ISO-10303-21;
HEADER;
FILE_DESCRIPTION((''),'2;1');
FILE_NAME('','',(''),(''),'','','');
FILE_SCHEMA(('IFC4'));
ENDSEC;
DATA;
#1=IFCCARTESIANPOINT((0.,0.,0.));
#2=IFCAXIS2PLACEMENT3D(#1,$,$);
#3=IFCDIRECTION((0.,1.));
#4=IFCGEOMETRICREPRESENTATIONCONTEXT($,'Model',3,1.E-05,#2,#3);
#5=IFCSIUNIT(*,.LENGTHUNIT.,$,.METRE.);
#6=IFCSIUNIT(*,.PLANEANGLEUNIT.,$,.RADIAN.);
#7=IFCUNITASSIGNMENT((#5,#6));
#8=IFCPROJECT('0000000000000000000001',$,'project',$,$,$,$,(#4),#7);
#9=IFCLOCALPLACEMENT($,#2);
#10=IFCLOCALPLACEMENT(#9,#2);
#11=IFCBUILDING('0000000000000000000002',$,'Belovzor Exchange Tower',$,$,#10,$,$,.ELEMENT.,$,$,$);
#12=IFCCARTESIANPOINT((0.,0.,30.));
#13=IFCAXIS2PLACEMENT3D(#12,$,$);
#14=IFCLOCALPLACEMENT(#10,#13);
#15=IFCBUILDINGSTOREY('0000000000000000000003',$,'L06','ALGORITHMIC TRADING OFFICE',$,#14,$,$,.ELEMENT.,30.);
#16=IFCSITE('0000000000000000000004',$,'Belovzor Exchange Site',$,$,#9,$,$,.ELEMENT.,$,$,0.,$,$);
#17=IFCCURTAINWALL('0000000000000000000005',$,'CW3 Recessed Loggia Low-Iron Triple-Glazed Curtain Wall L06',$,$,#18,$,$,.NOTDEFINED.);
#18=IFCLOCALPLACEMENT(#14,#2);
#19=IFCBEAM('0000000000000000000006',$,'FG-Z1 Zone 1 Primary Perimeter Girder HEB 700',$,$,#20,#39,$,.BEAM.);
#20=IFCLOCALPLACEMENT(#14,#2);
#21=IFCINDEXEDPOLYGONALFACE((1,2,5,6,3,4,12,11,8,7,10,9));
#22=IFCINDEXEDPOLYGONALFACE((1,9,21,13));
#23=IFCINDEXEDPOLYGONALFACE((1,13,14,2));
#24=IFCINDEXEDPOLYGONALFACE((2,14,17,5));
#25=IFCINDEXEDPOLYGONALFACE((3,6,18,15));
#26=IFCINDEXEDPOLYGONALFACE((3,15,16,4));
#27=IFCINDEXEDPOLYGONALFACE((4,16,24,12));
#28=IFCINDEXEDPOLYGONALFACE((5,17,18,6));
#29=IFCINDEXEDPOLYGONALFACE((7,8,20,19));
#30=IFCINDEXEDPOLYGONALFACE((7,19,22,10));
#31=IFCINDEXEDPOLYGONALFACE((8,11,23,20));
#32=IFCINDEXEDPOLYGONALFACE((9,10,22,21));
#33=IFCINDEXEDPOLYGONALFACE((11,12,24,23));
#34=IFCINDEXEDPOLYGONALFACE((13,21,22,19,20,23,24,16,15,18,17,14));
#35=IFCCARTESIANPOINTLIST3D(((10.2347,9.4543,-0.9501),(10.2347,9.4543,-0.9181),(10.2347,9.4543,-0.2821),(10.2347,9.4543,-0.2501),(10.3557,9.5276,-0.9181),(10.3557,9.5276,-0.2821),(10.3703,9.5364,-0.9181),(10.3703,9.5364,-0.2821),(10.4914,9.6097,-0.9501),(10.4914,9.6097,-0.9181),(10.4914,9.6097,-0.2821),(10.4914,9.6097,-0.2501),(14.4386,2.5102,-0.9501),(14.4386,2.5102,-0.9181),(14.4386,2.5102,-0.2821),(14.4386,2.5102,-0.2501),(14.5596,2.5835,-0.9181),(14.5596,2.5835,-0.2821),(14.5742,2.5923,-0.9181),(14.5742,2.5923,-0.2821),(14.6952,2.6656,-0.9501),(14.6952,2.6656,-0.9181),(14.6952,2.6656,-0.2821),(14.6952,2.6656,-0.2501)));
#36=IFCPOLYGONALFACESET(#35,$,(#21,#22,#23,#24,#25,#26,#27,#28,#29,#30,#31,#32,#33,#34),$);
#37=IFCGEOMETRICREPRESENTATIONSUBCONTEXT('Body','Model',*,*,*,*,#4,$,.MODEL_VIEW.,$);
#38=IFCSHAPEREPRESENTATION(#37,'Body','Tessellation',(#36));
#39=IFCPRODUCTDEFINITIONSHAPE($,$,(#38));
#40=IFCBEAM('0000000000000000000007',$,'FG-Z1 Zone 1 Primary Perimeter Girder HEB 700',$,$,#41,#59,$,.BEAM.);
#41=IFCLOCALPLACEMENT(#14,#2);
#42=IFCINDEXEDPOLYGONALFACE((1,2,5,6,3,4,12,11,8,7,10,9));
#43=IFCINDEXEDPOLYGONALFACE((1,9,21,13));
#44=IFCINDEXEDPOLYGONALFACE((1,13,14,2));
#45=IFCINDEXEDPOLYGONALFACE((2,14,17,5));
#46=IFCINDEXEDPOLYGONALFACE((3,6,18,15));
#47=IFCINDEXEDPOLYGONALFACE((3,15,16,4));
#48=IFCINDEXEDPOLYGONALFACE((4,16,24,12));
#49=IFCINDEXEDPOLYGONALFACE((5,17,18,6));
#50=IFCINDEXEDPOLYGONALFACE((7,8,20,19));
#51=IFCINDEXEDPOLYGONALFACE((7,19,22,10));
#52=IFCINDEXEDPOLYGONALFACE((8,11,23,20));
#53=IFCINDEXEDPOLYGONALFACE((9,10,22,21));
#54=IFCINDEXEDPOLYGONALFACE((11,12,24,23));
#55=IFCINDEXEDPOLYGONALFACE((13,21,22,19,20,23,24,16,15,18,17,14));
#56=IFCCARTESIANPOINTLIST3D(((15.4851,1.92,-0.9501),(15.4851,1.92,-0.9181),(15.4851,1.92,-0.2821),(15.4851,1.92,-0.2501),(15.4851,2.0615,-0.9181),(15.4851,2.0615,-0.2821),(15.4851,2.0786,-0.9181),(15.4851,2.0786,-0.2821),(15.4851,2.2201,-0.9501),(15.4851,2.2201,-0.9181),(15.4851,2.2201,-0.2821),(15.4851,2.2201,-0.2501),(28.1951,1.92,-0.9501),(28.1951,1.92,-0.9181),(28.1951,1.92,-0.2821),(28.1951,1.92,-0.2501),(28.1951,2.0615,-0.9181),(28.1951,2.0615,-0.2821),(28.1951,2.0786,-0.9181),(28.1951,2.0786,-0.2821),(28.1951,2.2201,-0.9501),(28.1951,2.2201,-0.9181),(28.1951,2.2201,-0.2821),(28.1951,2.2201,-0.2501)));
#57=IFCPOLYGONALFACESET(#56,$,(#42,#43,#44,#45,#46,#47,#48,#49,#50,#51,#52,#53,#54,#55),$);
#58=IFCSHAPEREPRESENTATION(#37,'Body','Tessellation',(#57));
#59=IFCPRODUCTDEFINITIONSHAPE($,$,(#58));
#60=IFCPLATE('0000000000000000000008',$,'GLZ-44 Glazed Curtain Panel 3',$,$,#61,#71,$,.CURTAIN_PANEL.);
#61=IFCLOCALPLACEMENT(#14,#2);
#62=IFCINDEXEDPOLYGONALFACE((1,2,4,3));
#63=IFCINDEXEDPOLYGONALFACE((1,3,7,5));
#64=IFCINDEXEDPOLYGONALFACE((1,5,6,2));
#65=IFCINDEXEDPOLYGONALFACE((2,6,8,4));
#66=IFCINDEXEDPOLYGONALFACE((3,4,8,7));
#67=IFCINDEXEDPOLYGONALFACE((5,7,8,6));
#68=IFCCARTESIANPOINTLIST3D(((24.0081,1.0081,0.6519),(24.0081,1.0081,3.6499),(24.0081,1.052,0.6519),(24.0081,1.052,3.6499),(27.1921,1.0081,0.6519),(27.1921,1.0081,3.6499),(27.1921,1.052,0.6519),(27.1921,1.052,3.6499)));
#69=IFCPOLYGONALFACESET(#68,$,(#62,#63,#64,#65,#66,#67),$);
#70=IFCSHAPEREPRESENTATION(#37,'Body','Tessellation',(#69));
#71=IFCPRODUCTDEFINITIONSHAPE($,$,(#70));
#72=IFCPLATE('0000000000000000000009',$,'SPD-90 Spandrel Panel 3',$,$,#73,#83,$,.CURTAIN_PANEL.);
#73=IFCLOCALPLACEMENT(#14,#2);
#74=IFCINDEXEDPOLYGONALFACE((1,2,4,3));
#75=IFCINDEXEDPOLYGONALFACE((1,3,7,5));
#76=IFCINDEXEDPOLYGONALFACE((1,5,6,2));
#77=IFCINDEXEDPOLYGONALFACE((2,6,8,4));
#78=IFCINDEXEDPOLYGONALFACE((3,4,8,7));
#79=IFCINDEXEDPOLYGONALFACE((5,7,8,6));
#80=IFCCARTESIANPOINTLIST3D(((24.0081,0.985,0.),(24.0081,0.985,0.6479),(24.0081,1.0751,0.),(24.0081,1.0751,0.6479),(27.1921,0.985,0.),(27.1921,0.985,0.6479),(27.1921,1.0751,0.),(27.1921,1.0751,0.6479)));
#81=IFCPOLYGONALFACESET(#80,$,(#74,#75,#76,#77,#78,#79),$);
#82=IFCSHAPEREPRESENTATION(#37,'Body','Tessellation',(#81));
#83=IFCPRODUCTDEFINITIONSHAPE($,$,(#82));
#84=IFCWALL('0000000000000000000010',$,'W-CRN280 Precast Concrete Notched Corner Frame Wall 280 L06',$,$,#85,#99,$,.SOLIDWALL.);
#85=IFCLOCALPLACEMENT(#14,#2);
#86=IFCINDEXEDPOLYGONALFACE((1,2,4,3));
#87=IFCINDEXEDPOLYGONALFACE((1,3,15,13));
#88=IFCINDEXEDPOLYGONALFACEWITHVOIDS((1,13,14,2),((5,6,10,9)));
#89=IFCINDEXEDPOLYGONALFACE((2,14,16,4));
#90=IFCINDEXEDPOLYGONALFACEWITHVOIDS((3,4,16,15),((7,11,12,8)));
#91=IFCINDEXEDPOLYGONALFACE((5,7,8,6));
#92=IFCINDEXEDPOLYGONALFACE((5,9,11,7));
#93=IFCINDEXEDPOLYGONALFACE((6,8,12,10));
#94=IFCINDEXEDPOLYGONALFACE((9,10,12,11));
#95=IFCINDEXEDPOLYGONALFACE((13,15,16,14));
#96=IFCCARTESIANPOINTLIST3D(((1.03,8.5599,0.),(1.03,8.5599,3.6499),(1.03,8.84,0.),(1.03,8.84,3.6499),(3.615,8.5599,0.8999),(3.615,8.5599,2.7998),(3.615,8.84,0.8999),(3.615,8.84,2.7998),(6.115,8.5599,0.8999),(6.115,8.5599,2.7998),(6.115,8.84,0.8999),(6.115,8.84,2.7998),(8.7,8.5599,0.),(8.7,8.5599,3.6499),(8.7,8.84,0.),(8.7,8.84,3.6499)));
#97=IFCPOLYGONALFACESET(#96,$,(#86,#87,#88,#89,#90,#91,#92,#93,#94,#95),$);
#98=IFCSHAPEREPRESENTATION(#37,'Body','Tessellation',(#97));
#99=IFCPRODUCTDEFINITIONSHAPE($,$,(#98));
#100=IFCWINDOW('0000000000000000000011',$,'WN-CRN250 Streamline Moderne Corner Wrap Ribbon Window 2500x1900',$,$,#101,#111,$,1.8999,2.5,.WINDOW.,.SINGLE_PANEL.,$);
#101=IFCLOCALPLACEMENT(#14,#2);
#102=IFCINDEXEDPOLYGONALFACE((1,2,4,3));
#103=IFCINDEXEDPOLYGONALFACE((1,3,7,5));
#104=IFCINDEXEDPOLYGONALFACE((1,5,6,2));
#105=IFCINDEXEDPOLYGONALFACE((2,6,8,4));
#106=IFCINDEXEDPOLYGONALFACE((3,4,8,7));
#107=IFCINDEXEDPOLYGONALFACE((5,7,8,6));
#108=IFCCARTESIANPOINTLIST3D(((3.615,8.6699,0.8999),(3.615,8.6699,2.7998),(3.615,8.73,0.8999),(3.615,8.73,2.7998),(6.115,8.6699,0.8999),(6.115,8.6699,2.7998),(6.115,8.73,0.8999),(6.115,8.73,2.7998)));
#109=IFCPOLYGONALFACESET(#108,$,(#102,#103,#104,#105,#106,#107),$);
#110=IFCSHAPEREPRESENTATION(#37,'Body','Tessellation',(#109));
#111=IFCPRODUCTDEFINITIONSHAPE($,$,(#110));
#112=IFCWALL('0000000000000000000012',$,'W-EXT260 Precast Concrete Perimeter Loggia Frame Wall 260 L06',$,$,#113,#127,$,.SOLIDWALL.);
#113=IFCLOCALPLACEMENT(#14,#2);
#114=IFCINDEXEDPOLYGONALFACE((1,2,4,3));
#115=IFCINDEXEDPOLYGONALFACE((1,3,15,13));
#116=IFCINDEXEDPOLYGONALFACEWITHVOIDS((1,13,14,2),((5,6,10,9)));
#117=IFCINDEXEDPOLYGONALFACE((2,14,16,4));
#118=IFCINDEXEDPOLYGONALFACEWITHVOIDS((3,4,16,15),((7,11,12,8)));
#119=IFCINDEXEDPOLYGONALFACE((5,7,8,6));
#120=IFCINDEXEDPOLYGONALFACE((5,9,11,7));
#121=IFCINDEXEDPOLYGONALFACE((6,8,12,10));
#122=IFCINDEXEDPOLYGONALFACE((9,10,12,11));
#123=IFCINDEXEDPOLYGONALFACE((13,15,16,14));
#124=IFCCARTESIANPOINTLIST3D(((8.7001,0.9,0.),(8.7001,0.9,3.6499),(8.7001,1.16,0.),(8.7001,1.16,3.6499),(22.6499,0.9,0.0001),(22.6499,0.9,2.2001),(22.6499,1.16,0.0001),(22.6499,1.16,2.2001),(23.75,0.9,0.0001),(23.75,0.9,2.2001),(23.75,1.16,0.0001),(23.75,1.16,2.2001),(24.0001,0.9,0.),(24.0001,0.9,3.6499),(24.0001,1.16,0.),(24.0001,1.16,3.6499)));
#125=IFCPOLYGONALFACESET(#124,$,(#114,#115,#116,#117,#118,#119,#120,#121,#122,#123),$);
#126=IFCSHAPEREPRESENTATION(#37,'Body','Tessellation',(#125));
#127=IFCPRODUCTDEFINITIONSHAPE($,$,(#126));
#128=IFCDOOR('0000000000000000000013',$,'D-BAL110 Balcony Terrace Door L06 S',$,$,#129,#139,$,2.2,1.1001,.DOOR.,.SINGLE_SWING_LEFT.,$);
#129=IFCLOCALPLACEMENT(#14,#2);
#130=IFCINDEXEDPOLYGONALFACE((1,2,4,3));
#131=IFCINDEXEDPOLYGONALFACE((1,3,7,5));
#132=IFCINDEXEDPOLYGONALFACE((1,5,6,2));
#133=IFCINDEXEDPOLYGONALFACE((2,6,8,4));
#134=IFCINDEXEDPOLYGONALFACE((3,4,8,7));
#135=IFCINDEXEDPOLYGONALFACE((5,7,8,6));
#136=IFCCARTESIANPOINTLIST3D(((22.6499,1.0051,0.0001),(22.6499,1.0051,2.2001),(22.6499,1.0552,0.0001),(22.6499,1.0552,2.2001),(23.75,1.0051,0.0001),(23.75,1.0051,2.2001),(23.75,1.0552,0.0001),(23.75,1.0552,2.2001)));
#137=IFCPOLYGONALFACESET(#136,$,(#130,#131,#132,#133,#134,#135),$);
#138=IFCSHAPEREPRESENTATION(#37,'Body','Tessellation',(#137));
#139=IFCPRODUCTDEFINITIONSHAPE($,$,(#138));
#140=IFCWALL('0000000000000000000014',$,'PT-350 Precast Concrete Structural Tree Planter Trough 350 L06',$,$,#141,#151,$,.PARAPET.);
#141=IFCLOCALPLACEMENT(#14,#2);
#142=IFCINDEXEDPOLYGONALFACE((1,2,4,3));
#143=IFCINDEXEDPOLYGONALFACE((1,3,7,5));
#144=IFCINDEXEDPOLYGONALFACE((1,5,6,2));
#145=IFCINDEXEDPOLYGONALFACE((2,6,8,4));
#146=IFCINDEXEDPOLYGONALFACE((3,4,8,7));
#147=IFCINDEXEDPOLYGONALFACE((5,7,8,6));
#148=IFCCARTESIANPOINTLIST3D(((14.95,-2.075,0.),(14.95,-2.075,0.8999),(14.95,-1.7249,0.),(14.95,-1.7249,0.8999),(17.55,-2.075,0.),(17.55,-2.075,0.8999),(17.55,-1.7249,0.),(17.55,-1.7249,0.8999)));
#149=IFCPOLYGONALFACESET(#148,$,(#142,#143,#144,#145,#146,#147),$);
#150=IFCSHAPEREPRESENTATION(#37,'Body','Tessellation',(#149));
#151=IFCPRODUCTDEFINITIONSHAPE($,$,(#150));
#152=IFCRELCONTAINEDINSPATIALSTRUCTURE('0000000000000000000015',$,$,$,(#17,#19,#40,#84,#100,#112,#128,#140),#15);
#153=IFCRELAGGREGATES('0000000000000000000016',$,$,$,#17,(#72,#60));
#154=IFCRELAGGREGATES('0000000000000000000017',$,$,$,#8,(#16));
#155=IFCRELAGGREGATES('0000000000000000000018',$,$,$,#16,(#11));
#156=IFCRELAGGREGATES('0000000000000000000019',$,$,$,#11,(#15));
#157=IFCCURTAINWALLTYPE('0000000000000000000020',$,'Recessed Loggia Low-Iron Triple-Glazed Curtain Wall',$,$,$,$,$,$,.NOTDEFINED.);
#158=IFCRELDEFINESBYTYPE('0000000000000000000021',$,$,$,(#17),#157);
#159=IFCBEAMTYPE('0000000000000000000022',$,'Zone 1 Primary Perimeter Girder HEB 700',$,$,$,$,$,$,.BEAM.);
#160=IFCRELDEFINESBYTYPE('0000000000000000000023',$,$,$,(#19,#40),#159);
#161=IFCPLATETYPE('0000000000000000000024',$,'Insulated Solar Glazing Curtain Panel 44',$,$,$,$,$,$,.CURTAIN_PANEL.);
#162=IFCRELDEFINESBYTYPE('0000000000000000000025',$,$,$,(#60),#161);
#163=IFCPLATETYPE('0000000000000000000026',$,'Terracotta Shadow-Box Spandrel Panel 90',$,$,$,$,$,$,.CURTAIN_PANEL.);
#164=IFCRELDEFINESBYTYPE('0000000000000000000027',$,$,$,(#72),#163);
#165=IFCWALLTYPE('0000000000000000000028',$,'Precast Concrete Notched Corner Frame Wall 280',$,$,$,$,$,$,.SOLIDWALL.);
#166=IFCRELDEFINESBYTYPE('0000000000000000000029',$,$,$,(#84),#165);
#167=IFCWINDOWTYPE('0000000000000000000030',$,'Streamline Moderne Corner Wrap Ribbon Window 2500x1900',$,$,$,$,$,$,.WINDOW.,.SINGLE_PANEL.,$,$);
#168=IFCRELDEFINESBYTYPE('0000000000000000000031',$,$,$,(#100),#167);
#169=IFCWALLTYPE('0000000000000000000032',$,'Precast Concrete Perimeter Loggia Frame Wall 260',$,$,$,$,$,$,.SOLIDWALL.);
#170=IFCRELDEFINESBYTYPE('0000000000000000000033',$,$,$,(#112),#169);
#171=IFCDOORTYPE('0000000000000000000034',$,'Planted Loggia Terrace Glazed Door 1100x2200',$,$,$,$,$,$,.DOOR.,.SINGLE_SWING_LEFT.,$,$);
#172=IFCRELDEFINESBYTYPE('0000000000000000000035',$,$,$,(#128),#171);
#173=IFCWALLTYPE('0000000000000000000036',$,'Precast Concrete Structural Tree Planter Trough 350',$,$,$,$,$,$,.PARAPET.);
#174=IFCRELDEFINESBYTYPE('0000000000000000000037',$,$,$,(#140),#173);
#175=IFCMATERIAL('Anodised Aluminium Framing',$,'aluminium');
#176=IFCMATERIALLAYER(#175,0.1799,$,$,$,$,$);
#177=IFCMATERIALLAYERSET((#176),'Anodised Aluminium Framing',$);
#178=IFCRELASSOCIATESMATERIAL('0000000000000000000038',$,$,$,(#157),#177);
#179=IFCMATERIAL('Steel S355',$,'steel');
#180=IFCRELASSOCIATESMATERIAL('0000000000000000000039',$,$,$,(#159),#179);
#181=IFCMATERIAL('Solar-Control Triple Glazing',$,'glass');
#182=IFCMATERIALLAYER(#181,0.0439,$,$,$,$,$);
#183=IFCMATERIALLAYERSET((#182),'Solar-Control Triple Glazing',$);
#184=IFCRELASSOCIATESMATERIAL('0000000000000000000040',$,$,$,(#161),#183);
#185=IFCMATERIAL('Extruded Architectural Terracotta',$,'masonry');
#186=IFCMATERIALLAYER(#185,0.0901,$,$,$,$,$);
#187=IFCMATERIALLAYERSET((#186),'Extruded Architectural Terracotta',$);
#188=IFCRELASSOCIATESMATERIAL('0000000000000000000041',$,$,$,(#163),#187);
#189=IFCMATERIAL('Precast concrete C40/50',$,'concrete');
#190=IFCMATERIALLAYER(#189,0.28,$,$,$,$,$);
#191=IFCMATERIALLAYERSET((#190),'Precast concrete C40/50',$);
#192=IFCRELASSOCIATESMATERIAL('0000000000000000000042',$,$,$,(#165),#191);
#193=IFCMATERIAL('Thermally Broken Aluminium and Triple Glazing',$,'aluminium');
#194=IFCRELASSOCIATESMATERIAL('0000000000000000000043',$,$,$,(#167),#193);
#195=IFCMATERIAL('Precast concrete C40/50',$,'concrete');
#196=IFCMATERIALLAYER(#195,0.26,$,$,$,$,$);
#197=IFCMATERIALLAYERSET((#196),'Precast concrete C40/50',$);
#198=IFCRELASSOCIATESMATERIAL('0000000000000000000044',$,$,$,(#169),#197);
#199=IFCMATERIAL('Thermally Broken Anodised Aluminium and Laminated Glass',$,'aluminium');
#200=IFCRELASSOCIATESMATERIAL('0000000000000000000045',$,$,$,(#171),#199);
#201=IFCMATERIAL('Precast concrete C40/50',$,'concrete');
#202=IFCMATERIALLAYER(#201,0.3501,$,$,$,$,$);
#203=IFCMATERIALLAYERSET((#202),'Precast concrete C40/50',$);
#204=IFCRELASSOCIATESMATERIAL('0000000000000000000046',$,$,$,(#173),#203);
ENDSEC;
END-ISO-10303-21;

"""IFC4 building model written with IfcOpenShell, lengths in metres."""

from ifc_helpers import new_model, si_unit, direction, frame, frame_2d, origin, origin_2d, place, context, subcontext, project, spatial, rectangle, i_section, extrude, material, layer, layer_set, material_profile, profile_set, type_object, element, fill, aggregate, save


model = new_model("IFC4")

# Units and contexts
model_context = context("Model", 3, precision=1e-05, world=origin(), true_north=direction((0.0, 1.0)))
body_context = subcontext(model_context, "Body", "Model", "MODEL_VIEW")
ifc_project = project(units=[si_unit("LENGTHUNIT", "METRE"), si_unit("PLANEANGLEUNIT", "RADIAN")], contexts=[model_context])

# Site, building, storey
site_placement = place(None, origin())
site = spatial("IfcSite", under=ifc_project, at=site_placement, Name="Belovzor Exchange Site", CompositionType="ELEMENT", RefElevation=0.0)
building_placement = place(site_placement, origin())
building = spatial("IfcBuilding", under=site, at=building_placement, Name="Belovzor Exchange Tower", CompositionType="ELEMENT")
storey_placement = place(building_placement, frame((0.0, 0.0, 30.0)))
storey = spatial("IfcBuildingStorey", under=building, at=storey_placement, Name="L06", Description="ALGORITHMIC TRADING OFFICE", CompositionType="ELEMENT", Elevation=30.0)

# Curtain wall
ifc_material_1 = material(Name="Anodised Aluminium Framing", Category="aluminium")
ifc_layer_1 = layer(ifc_material_1, 0.1799)
ifc_layer_set_1 = layer_set([ifc_layer_1], Name="Anodised Aluminium Framing")
curtain_wall_type = type_object("IfcCurtainWallType", Name="Recessed Loggia Low-Iron Triple-Glazed Curtain Wall", PredefinedType="NOTDEFINED", material=ifc_layer_set_1)
curtain_wall_placement = place(storey_placement, origin())
curtain_wall = element("IfcCurtainWall", 1, at=curtain_wall_placement, inside=storey, type_object=curtain_wall_type, Name="CW3 Recessed Loggia Low-Iron Triple-Glazed Curtain Wall L06", PredefinedType="NOTDEFINED")

# Beams
ifc_material_2 = material(Name="Steel S355", Category="steel")
ifc_material_profile_1 = material_profile(ifc_material_2, i_section(OverallWidth=0.3, OverallDepth=0.7, WebThickness=0.0171, FlangeThickness=0.032, at=origin_2d()))
ifc_profile_set_1 = profile_set([ifc_material_profile_1], Name="Steel S355")
beam_type_1 = type_object("IfcBeamType", Name="Zone 1 Primary Perimeter Girder HEB 700", PredefinedType="BEAM", material=ifc_profile_set_1)
beam_1_placement = place(storey_placement, frame((10.363, 9.532, -0.6001), z_axis=(0.51788, -0.855453, 0.0), x_axis=(0.855453, 0.51788, 0.0)))
element("IfcBeam", 2, at=beam_1_placement, inside=storey, type_object=beam_type_1, Name="FG-Z1 Zone 1 Primary Perimeter Girder HEB 700", PredefinedType="BEAM", context=body_context, shape_type="SweptSolid", body=[
    extrude(i_section(OverallWidth=0.3, OverallDepth=0.7, WebThickness=0.0171, FlangeThickness=0.032, at=origin_2d()), origin(), (0.0, 0.0, 1.0), 8.1174),
])
beam_2_placement = place(storey_placement, frame((15.4851, 2.0701, -0.6001), z_axis=(1.0, 0.0, 0.0), x_axis=(0.0, 1.0, 0.0)))
element("IfcBeam", 3, at=beam_2_placement, inside=storey, type_object=beam_type_1, Name="FG-Z1 Zone 1 Primary Perimeter Girder HEB 700", PredefinedType="BEAM", context=body_context, shape_type="SweptSolid", body=[
    extrude(i_section(OverallWidth=0.3, OverallDepth=0.7, WebThickness=0.0171, FlangeThickness=0.032, at=origin_2d()), origin(), (0.0, 0.0, 1.0), 12.71),
])

# Plates
ifc_material_3 = material(Name="Solar-Control Triple Glazing", Category="glass")
ifc_layer_2 = layer(ifc_material_3, 0.0439)
ifc_layer_set_2 = layer_set([ifc_layer_2], Name="Solar-Control Triple Glazing")
plate_type_1 = type_object("IfcPlateType", Name="Insulated Solar Glazing Curtain Panel 44", PredefinedType="CURTAIN_PANEL", material=ifc_layer_set_2)
plate_1_placement = place(storey_placement, frame((25.6001, 1.03, 0.6519), z_axis=(0.0, 0.0, 1.0), x_axis=(-1.0, 0.0, 0.0)))
plate_1 = element("IfcPlate", 4, at=plate_1_placement, type_object=plate_type_1, Name="GLZ-44 Glazed Curtain Panel 3", PredefinedType="CURTAIN_PANEL", context=body_context, shape_type="SweptSolid", body=[
    extrude(rectangle(XDim=3.1841, YDim=0.0439, at=origin_2d()), origin(), (0.0, 0.0, 1.0), 2.998),
])
ifc_material_4 = material(Name="Extruded Architectural Terracotta", Category="masonry")
ifc_layer_3 = layer(ifc_material_4, 0.0901)
ifc_layer_set_3 = layer_set([ifc_layer_3], Name="Extruded Architectural Terracotta")
plate_type_2 = type_object("IfcPlateType", Name="Terracotta Shadow-Box Spandrel Panel 90", PredefinedType="CURTAIN_PANEL", material=ifc_layer_set_3)
plate_2_placement = place(storey_placement, frame((25.6001, 1.03, 0.0), z_axis=(0.0, 0.0, 1.0), x_axis=(-1.0, 0.0, 0.0)))
plate_2 = element("IfcPlate", 5, at=plate_2_placement, type_object=plate_type_2, Name="SPD-90 Spandrel Panel 3", PredefinedType="CURTAIN_PANEL", context=body_context, shape_type="SweptSolid", body=[
    extrude(rectangle(XDim=3.1841, YDim=0.0901, at=origin_2d()), origin(), (0.0, 0.0, 1.0), 0.6479),
])
aggregate(curtain_wall, [plate_2, plate_1])

# Wall, opening, window
ifc_material_5 = material(Name="Precast concrete C40/50", Category="concrete")
ifc_layer_4 = layer(ifc_material_5, 0.28)
ifc_layer_set_4 = layer_set([ifc_layer_4], Name="Precast concrete C40/50")
wall_type_1 = type_object("IfcWallType", Name="Precast Concrete Notched Corner Frame Wall 280", PredefinedType="SOLIDWALL", material=ifc_layer_set_4)
wall_1_placement = place(storey_placement, frame((8.7, 8.7, 0.0), z_axis=(0.0, 0.0, 1.0), x_axis=(-1.0, 0.0, 0.0)))
wall_1 = element("IfcWall", 6, at=wall_1_placement, inside=storey, type_object=wall_type_1, Name="W-CRN280 Precast Concrete Notched Corner Frame Wall 280 L06", PredefinedType="SOLIDWALL", context=body_context, shape_type="SweptSolid", body=[
    extrude(rectangle(XDim=7.6699, YDim=0.28, at=frame_2d((3.835, 0.0))), origin(), (0.0, 0.0, 1.0), 3.6499),
])
opening_1_placement = place(wall_1_placement, frame((2.585, 0.0, 0.8999)))
opening_1 = element("IfcOpeningElement", 7, at=opening_1_placement, cuts=wall_1, PredefinedType="OPENING", context=body_context, shape_type="SweptSolid", body=[
    extrude(rectangle(XDim=2.5, YDim=1.8999, at=frame_2d((1.25, 0.95))), frame((0.0, 0.1499, 0.0), z_axis=(0.0, -1.0, 0.0), x_axis=(1.0, 0.0, 0.0)), (0.0, 0.0, 1.0), 0.3),
])
ifc_material_6 = material(Name="Thermally Broken Aluminium and Triple Glazing", Category="aluminium")
window_type = type_object("IfcWindowType", Name="Streamline Moderne Corner Wrap Ribbon Window 2500x1900", PartitioningType="SINGLE_PANEL", PredefinedType="WINDOW", material=ifc_material_6)
window_placement = place(opening_1_placement, origin())
window = element("IfcWindow", 8, at=window_placement, inside=storey, type_object=window_type, Name="WN-CRN250 Streamline Moderne Corner Wrap Ribbon Window 2500x1900", OverallHeight=1.8999, OverallWidth=2.5, PartitioningType="SINGLE_PANEL", PredefinedType="WINDOW", context=body_context, shape_type="SweptSolid", body=[
    extrude(rectangle(XDim=2.5, YDim=1.8999, at=frame_2d((1.25, 0.95))), frame((0.0, 0.03, 0.0), z_axis=(0.0, -1.0, 0.0), x_axis=(1.0, 0.0, 0.0)), (0.0, 0.0, 1.0), 0.0601),
])
fill(opening_1, window)

# Wall, opening, door
ifc_material_7 = material(Name="Precast concrete C40/50", Category="concrete")
ifc_layer_5 = layer(ifc_material_7, 0.26)
ifc_layer_set_5 = layer_set([ifc_layer_5], Name="Precast concrete C40/50")
wall_type_2 = type_object("IfcWallType", Name="Precast Concrete Perimeter Loggia Frame Wall 260", PredefinedType="SOLIDWALL", material=ifc_layer_set_5)
wall_2_placement = place(storey_placement, frame((24.0, 1.03, 0.0), z_axis=(0.0, 0.0, 1.0), x_axis=(-1.0, 0.0, 0.0)))
wall_2 = element("IfcWall", 9, at=wall_2_placement, inside=storey, type_object=wall_type_2, Name="W-EXT260 Precast Concrete Perimeter Loggia Frame Wall 260 L06", PredefinedType="SOLIDWALL", context=body_context, shape_type="SweptSolid", body=[
    extrude(rectangle(XDim=15.3, YDim=0.26, at=frame_2d((7.6499, 0.0))), origin(), (0.0, 0.0, 1.0), 3.6499),
])
opening_2_placement = place(wall_2_placement, frame((0.25, 0.0, 0.0)))
opening_2 = element("IfcOpeningElement", 10, at=opening_2_placement, cuts=wall_2, PredefinedType="OPENING", context=body_context, shape_type="SweptSolid", body=[
    extrude(rectangle(XDim=1.1001, YDim=2.2, at=frame_2d((0.55, 1.1001))), frame((0.0, 0.1399, 0.0), z_axis=(0.0, -1.0, 0.0), x_axis=(1.0, 0.0, 0.0)), (0.0, 0.0, 1.0), 0.28),
])
ifc_material_8 = material(Name="Thermally Broken Anodised Aluminium and Laminated Glass", Category="aluminium")
door_type = type_object("IfcDoorType", Name="Planted Loggia Terrace Glazed Door 1100x2200", OperationType="SINGLE_SWING_LEFT", PredefinedType="DOOR", material=ifc_material_8)
door_placement = place(opening_2_placement, origin())
door = element("IfcDoor", 11, at=door_placement, inside=storey, type_object=door_type, Name="D-BAL110 Balcony Terrace Door L06 S", OperationType="SINGLE_SWING_LEFT", OverallHeight=2.2, OverallWidth=1.1001, PredefinedType="DOOR", context=body_context, shape_type="SweptSolid", body=[
    extrude(rectangle(XDim=1.1001, YDim=2.2, at=frame_2d((0.55, 1.1001))), frame((0.0, 0.0249, 0.0), z_axis=(0.0, -1.0, 0.0), x_axis=(1.0, 0.0, 0.0)), (0.0, 0.0, 1.0), 0.05),
])
fill(opening_2, door)

# Wall
ifc_material_9 = material(Name="Precast concrete C40/50", Category="concrete")
ifc_layer_6 = layer(ifc_material_9, 0.3501)
ifc_layer_set_6 = layer_set([ifc_layer_6], Name="Precast concrete C40/50")
wall_type_3 = type_object("IfcWallType", Name="Precast Concrete Structural Tree Planter Trough 350", PredefinedType="PARAPET", material=ifc_layer_set_6)
wall_3_placement = place(storey_placement, frame((14.95, -1.8999, 0.0), z_axis=(0.0, 0.0, 1.0), x_axis=(1.0, 0.0, 0.0)))
element("IfcWall", 12, at=wall_3_placement, inside=storey, type_object=wall_type_3, Name="PT-350 Precast Concrete Structural Tree Planter Trough 350 L06", PredefinedType="PARAPET", context=body_context, shape_type="SweptSolid", body=[
    extrude(rectangle(XDim=2.6001, YDim=0.3501, at=frame_2d((1.3, 0.0))), origin(), (0.0, 0.0, 1.0), 0.8999),
])

save(model, "model.ifc")
